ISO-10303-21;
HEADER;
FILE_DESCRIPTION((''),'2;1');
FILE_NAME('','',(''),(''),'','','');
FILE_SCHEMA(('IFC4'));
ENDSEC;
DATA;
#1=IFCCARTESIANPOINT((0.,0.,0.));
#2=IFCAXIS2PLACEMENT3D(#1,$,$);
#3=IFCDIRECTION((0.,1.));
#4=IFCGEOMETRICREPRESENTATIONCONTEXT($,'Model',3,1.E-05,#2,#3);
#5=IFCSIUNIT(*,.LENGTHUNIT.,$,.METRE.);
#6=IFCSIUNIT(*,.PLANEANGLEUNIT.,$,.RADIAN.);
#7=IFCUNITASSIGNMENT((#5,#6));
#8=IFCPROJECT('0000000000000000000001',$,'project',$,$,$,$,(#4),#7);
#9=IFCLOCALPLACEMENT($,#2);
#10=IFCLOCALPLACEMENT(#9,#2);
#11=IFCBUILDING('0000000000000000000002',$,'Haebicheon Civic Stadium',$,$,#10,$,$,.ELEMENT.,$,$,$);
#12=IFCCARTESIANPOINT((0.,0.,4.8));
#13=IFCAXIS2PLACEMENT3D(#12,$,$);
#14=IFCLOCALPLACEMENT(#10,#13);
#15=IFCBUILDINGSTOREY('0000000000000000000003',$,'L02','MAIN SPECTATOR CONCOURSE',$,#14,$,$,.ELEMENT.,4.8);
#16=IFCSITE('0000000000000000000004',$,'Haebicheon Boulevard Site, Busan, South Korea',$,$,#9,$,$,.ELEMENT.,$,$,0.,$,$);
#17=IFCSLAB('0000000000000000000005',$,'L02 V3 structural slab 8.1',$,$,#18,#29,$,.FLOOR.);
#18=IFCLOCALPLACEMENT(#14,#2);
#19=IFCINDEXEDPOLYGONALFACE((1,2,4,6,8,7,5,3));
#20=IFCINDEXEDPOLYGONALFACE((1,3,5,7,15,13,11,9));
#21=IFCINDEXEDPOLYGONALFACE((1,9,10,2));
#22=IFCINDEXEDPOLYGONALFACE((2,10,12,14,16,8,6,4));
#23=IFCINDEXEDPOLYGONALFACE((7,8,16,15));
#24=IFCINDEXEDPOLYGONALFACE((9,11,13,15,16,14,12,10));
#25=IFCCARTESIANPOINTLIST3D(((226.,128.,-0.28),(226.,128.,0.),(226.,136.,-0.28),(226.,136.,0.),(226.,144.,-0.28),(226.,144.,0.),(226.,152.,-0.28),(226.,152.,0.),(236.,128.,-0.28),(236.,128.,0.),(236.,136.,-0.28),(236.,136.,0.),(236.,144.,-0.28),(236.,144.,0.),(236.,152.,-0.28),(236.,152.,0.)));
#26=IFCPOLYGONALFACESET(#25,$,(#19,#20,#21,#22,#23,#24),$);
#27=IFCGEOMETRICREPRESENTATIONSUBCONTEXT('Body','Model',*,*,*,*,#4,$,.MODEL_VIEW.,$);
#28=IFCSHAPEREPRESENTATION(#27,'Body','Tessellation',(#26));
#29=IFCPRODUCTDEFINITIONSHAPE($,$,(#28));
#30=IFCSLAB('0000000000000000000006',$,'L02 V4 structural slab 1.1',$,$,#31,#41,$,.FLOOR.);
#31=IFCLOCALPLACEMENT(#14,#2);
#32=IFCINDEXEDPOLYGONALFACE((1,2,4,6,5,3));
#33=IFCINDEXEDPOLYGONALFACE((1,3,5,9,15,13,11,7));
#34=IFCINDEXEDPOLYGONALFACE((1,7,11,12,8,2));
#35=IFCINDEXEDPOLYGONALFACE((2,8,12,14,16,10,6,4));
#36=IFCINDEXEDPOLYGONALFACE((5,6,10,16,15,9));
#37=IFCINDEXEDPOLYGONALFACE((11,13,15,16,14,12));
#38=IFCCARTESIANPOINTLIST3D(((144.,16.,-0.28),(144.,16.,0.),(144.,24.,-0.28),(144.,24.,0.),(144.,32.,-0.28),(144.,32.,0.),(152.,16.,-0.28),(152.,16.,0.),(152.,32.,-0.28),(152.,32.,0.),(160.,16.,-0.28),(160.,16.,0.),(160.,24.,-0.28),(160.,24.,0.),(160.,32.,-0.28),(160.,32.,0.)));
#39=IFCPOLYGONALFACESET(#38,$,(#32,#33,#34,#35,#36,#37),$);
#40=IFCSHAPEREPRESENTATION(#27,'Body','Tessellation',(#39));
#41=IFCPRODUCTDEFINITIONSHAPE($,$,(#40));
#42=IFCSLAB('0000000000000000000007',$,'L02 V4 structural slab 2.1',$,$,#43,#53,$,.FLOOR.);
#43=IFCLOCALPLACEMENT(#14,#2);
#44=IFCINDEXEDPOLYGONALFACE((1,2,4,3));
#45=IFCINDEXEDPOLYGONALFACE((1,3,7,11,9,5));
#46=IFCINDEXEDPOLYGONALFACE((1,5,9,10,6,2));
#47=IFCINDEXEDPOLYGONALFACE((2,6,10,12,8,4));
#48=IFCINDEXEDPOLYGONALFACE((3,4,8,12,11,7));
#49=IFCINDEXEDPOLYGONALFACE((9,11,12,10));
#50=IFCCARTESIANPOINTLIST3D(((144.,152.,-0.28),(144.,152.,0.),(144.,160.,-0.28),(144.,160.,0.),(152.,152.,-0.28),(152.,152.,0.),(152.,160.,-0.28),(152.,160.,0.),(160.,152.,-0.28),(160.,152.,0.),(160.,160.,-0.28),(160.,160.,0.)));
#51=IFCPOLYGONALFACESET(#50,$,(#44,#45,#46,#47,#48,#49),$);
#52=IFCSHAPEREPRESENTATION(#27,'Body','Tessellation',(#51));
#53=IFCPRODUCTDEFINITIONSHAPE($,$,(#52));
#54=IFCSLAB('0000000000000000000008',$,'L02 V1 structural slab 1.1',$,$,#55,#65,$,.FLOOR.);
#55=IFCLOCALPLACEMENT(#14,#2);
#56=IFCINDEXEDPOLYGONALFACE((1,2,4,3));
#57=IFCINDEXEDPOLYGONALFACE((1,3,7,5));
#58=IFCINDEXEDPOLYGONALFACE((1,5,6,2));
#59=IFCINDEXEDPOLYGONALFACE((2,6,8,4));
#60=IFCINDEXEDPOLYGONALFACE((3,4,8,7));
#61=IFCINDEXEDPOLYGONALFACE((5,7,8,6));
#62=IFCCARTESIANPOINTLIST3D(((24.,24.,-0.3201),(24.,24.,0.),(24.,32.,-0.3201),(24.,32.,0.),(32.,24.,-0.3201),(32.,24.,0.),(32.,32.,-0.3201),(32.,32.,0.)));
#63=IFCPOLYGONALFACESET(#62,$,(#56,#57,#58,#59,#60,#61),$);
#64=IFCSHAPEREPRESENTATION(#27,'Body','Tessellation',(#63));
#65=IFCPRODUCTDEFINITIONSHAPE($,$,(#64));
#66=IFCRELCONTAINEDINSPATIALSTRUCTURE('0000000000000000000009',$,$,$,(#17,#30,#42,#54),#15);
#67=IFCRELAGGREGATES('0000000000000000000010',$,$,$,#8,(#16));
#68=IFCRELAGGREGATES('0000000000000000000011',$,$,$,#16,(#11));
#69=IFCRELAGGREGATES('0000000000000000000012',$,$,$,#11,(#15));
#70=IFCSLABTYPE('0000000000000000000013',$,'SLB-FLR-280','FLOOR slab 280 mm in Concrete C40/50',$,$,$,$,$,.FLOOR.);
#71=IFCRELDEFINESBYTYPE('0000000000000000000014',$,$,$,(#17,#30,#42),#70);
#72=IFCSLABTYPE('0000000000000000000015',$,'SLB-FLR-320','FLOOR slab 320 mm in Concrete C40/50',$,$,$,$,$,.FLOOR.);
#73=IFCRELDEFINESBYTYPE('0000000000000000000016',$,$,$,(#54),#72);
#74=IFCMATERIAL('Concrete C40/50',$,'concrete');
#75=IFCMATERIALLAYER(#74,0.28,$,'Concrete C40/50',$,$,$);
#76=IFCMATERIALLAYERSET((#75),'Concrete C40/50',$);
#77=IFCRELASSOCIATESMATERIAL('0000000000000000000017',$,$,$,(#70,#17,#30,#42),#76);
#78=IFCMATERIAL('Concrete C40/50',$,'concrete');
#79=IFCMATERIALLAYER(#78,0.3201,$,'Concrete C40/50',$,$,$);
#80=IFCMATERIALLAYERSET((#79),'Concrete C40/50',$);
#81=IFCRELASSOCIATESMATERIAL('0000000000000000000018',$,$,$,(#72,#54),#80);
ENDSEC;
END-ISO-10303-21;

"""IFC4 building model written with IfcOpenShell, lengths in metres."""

from ifc_helpers import new_model, si_unit, direction, frame, origin, place, context, subcontext, project, spatial, polyline, outline, extrude, material, layer, layer_set, type_object, element, save


model = new_model("IFC4")

# Units and contexts
model_context = context("Model", 3, precision=1e-05, world=origin(), true_north=direction((0.0, 1.0)))
body_context = subcontext(model_context, "Body", "Model", "MODEL_VIEW")
ifc_project = project(units=[si_unit("LENGTHUNIT", "METRE"), si_unit("PLANEANGLEUNIT", "RADIAN")], contexts=[model_context])

# Site, building, storey
site_placement = place(None, origin())
site = spatial("IfcSite", under=ifc_project, at=site_placement, Name="Haebicheon Boulevard Site, Busan, South Korea", CompositionType="ELEMENT", RefElevation=0.0)
building_placement = place(site_placement, origin())
building = spatial("IfcBuilding", under=site, at=building_placement, Name="Haebicheon Civic Stadium", CompositionType="ELEMENT")
storey_placement = place(building_placement, frame((0.0, 0.0, 4.8)))
storey = spatial("IfcBuildingStorey", under=building, at=storey_placement, Name="L02", Description="MAIN SPECTATOR CONCOURSE", CompositionType="ELEMENT", Elevation=4.8)

# Slabs
ifc_material_1 = material(Name="Concrete C40/50", Category="concrete")
ifc_layer_1 = layer(ifc_material_1, 0.28, Name="Concrete C40/50")
ifc_layer_set_1 = layer_set([ifc_layer_1], Name="Concrete C40/50")
slab_type_1 = type_object("IfcSlabType", Name="SLB-FLR-280", Description="FLOOR slab 280 mm in Concrete C40/50", PredefinedType="FLOOR", material=ifc_layer_set_1)
slab_1_placement = place(storey_placement, frame((0.0, 0.0, -0.28)))
element("IfcSlab", 1, at=slab_1_placement, inside=storey, type_object=slab_type_1, material=ifc_layer_set_1, Name="L02 V3 structural slab 8.1", PredefinedType="FLOOR", context=body_context, shape_type="SweptSolid", body=[
    extrude(outline(polyline([(236.0, 128.0), (226.0, 128.0), (226.0, 136.0), (226.0, 144.0), (226.0, 152.0), (236.0, 152.0), (236.0, 144.0), (236.0, 136.0), (236.0, 128.0)])), origin(), (0.0, 0.0, 1.0), 0.28),
])
slab_2_placement = place(storey_placement, frame((0.0, 0.0, -0.28)))
element("IfcSlab", 2, at=slab_2_placement, inside=storey, type_object=slab_type_1, material=ifc_layer_set_1, Name="L02 V4 structural slab 1.1", PredefinedType="FLOOR", context=body_context, shape_type="SweptSolid", body=[
    extrude(outline(polyline([(144.0, 24.0), (144.0, 32.0), (152.0, 32.0), (160.0, 32.0), (160.0, 24.0), (160.0, 16.0), (152.0, 16.0), (144.0, 16.0), (144.0, 24.0)])), origin(), (0.0, 0.0, 1.0), 0.28),
])
slab_3_placement = place(storey_placement, frame((0.0, 0.0, -0.28)))
element("IfcSlab", 3, at=slab_3_placement, inside=storey, type_object=slab_type_1, material=ifc_layer_set_1, Name="L02 V4 structural slab 2.1", PredefinedType="FLOOR", context=body_context, shape_type="SweptSolid", body=[
    extrude(outline(polyline([(144.0, 152.0), (144.0, 160.0), (152.0, 160.0), (160.0, 160.0), (160.0, 152.0), (152.0, 152.0), (144.0, 152.0)])), origin(), (0.0, 0.0, 1.0), 0.28),
])
ifc_material_2 = material(Name="Concrete C40/50", Category="concrete")
ifc_layer_2 = layer(ifc_material_2, 0.3201, Name="Concrete C40/50")
ifc_layer_set_2 = layer_set([ifc_layer_2], Name="Concrete C40/50")
slab_type_2 = type_object("IfcSlabType", Name="SLB-FLR-320", Description="FLOOR slab 320 mm in Concrete C40/50", PredefinedType="FLOOR", material=ifc_layer_set_2)
slab_4_placement = place(storey_placement, frame((0.0, 0.0, -0.3201)))
element("IfcSlab", 4, at=slab_4_placement, inside=storey, type_object=slab_type_2, material=ifc_layer_set_2, Name="L02 V1 structural slab 1.1", PredefinedType="FLOOR", context=body_context, shape_type="SweptSolid", body=[
    extrude(outline(polyline([(32.0, 24.0), (24.0, 24.0), (24.0, 32.0), (32.0, 32.0), (32.0, 24.0)])), origin(), (0.0, 0.0, 1.0), 0.3201),
])

save(model, "model.ifc")
